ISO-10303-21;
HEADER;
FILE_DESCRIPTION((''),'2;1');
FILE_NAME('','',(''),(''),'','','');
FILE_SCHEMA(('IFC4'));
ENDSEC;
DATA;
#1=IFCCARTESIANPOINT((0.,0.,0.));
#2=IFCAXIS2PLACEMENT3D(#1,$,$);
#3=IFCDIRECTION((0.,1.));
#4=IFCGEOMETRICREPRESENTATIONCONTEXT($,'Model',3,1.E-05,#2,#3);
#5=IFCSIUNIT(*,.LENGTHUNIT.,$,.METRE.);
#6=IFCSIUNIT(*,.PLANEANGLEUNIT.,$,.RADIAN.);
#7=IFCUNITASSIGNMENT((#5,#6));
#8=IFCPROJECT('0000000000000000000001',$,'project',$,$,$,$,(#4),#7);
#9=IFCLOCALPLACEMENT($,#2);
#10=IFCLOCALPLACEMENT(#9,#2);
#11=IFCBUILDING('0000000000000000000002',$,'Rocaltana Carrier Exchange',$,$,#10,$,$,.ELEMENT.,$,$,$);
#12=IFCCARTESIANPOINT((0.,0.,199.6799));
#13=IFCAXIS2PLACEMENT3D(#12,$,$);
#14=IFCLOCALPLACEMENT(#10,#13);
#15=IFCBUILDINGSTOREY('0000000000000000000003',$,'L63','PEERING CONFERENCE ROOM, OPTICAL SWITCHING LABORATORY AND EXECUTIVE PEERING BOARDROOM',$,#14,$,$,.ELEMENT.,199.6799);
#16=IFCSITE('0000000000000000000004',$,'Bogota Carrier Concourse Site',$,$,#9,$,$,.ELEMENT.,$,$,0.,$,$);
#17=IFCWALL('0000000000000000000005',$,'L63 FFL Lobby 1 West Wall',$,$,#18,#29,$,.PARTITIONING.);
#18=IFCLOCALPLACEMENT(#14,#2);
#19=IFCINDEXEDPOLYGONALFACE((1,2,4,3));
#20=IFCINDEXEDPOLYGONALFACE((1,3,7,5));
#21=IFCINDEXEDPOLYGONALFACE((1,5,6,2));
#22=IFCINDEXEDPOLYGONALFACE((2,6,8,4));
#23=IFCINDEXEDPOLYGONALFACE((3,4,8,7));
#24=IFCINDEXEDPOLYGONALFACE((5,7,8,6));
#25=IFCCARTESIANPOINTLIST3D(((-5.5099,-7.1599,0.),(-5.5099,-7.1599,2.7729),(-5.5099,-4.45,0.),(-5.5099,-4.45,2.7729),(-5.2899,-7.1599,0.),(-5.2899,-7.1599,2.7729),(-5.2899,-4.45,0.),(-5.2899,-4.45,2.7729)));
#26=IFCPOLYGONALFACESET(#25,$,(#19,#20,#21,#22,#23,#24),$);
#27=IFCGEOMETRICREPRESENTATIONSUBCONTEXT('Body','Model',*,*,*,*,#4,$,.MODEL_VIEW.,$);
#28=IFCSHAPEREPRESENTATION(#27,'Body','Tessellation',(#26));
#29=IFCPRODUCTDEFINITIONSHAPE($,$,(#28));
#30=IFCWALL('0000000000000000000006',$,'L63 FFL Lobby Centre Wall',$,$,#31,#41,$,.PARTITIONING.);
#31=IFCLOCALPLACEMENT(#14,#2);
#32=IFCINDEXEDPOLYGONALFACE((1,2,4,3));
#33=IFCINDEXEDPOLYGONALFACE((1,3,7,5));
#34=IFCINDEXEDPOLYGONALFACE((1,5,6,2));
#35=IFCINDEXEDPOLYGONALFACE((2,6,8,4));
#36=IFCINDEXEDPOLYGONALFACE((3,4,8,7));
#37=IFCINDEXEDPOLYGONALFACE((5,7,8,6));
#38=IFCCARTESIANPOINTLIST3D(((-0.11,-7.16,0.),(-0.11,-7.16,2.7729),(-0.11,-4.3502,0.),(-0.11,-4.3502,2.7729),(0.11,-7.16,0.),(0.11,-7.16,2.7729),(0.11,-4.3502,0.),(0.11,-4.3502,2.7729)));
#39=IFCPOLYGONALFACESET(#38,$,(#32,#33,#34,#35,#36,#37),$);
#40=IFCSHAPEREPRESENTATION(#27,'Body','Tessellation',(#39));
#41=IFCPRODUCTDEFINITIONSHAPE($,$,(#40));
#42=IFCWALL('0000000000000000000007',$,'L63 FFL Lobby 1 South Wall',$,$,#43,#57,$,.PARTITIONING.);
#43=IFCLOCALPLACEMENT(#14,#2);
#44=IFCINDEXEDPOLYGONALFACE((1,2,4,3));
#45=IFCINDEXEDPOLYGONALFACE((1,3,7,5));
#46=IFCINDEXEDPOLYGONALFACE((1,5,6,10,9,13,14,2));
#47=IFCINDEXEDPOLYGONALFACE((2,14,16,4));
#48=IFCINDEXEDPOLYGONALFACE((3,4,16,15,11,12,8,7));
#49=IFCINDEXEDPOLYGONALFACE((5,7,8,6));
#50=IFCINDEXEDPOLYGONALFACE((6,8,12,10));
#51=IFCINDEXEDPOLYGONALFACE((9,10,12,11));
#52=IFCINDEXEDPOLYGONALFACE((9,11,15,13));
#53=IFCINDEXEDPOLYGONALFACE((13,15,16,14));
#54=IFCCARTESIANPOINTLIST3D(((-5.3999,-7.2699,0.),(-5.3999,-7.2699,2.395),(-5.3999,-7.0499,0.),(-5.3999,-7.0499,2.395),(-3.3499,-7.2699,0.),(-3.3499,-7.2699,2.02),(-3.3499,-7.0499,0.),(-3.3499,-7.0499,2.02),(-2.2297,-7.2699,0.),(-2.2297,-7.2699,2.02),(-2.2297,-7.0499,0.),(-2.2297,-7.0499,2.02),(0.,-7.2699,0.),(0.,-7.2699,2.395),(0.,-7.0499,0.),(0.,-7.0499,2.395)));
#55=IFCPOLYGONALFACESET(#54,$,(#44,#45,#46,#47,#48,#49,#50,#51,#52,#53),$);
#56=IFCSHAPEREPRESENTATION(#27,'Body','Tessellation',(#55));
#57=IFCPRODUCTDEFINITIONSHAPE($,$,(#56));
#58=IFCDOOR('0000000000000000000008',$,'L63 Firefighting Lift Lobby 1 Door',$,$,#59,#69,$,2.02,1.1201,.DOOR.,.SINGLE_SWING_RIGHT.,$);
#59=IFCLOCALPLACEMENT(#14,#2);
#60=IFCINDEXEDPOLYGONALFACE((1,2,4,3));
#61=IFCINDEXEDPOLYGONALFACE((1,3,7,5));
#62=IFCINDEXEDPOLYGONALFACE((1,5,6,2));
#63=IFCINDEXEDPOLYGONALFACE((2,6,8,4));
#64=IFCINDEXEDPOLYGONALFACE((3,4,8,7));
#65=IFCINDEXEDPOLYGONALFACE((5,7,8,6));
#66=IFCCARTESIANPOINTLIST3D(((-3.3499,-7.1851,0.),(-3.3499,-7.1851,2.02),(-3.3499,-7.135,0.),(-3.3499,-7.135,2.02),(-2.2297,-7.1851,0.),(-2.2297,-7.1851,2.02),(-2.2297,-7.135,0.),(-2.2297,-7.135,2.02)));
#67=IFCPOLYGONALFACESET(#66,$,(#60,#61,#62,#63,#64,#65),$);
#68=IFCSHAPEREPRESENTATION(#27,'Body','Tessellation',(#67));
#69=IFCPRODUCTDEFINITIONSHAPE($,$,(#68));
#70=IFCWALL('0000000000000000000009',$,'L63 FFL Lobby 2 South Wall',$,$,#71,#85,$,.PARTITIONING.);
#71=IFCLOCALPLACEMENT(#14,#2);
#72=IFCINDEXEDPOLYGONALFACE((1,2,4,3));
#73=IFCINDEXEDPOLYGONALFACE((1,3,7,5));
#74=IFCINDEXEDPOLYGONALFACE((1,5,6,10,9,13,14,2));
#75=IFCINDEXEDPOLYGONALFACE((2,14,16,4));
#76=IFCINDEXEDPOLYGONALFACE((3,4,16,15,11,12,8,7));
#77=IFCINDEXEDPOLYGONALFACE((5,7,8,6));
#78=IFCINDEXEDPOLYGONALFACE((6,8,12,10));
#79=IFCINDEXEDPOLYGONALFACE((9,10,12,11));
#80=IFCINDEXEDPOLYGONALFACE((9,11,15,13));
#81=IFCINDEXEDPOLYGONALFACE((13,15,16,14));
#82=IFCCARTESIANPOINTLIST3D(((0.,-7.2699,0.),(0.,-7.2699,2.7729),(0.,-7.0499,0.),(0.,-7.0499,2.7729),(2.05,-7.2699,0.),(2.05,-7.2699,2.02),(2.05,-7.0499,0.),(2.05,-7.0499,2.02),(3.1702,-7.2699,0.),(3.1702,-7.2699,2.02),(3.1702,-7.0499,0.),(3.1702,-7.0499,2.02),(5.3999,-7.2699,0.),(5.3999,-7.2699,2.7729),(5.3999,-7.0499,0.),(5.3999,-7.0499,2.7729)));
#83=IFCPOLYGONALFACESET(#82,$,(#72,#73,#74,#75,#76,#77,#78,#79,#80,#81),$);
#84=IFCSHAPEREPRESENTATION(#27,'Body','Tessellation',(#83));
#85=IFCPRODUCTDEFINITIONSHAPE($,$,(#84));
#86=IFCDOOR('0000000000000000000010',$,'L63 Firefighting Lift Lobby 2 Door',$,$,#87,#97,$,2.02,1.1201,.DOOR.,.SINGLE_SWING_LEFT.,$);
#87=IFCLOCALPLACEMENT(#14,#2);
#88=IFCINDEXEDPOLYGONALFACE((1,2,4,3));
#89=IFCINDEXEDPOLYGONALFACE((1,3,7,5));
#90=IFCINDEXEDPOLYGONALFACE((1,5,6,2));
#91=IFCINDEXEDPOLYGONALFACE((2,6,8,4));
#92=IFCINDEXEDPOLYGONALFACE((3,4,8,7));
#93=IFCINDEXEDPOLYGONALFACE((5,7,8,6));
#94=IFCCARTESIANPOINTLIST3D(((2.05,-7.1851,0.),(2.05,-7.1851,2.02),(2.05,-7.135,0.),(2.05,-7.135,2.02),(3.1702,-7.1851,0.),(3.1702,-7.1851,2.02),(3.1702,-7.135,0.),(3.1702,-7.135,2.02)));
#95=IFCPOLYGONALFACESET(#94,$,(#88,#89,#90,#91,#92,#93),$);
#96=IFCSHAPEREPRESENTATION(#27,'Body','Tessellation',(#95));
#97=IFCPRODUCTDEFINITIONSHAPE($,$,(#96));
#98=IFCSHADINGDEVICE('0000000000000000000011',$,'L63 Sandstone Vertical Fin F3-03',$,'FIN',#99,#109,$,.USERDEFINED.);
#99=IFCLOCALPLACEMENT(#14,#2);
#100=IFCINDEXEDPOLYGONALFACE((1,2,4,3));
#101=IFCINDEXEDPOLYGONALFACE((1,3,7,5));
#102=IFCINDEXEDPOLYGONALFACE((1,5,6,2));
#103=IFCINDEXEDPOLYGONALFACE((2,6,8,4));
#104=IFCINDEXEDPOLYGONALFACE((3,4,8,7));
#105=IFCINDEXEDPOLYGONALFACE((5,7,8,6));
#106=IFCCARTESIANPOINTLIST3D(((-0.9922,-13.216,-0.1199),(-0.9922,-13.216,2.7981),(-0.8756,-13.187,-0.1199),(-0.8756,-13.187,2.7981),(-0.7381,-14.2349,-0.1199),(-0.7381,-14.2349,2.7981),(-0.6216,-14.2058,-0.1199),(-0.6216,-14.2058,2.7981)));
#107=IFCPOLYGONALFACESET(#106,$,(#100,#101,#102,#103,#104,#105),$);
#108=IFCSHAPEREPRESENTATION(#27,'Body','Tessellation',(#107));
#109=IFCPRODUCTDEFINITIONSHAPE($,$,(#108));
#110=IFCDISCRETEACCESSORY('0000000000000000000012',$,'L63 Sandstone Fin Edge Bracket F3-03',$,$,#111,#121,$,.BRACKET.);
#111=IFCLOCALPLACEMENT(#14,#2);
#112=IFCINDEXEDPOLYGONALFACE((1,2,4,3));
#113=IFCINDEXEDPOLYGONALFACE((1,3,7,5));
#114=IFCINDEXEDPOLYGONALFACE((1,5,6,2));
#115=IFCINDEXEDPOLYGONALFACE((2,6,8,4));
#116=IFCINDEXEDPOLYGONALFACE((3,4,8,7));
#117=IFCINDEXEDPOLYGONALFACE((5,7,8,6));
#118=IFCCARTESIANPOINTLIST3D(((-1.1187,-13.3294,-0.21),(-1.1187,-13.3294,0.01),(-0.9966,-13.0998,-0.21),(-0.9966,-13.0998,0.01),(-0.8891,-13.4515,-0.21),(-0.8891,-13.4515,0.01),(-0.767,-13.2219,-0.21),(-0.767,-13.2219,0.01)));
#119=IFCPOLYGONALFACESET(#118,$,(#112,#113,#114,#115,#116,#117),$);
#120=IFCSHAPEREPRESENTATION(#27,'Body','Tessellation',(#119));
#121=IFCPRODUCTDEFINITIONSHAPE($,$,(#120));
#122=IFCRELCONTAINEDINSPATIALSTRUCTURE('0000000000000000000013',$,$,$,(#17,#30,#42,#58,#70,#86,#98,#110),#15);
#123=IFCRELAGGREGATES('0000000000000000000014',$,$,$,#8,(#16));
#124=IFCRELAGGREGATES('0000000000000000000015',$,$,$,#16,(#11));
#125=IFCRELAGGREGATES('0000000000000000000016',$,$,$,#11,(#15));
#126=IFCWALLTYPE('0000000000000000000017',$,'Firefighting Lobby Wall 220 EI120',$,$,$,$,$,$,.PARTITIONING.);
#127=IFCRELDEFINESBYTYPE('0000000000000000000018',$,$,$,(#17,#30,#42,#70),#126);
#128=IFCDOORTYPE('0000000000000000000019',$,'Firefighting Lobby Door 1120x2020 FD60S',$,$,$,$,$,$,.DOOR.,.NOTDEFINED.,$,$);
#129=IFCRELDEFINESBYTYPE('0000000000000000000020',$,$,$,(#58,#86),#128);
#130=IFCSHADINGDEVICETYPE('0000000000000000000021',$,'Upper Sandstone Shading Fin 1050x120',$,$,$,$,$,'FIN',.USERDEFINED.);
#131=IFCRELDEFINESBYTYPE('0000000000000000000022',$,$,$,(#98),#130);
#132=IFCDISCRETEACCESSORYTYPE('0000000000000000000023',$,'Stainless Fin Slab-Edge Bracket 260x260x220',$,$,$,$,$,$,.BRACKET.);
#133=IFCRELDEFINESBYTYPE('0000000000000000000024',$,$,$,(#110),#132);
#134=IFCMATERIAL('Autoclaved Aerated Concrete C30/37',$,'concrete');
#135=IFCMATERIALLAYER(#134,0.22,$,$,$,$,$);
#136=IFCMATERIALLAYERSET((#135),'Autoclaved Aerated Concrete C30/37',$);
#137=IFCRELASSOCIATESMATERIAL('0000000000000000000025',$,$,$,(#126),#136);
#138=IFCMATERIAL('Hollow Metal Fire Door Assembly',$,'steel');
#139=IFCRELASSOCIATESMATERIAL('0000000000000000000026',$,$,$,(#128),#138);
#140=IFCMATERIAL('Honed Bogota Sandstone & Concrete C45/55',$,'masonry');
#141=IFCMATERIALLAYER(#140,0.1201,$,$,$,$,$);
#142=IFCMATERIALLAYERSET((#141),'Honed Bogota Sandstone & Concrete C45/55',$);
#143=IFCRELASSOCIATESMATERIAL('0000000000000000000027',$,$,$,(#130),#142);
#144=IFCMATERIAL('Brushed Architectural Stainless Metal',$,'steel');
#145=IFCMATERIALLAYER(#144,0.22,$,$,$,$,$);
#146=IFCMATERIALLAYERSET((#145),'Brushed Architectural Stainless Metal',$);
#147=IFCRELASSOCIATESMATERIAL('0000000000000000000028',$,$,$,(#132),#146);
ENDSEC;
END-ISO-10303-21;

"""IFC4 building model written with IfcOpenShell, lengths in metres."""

from ifc_helpers import new_model, si_unit, direction, frame, frame_2d, origin, origin_2d, place, context, subcontext, project, spatial, rectangle, extrude, material, layer, layer_set, type_object, element, fill, save


model = new_model("IFC4")

# Units and contexts
model_context = context("Model", 3, precision=1e-05, world=origin(), true_north=direction((0.0, 1.0)))
body_context = subcontext(model_context, "Body", "Model", "MODEL_VIEW")
ifc_project = project(units=[si_unit("LENGTHUNIT", "METRE"), si_unit("PLANEANGLEUNIT", "RADIAN")], contexts=[model_context])

# Site, building, storey
site_placement = place(None, origin())
site = spatial("IfcSite", under=ifc_project, at=site_placement, Name="Bogota Carrier Concourse Site", CompositionType="ELEMENT", RefElevation=0.0)
building_placement = place(site_placement, origin())
building = spatial("IfcBuilding", under=site, at=building_placement, Name="Rocaltana Carrier Exchange", CompositionType="ELEMENT")
storey_placement = place(building_placement, frame((0.0, 0.0, 199.6799)))
storey = spatial("IfcBuildingStorey", under=building, at=storey_placement, Name="L63", Description="PEERING CONFERENCE ROOM, OPTICAL SWITCHING LABORATORY AND EXECUTIVE PEERING BOARDROOM", CompositionType="ELEMENT", Elevation=199.6799)

# Walls
ifc_material_1 = material(Name="Autoclaved Aerated Concrete C30/37", Category="concrete")
ifc_layer_1 = layer(ifc_material_1, 0.22)
ifc_layer_set_1 = layer_set([ifc_layer_1], Name="Autoclaved Aerated Concrete C30/37")
wall_type_1 = type_object("IfcWallType", Name="Firefighting Lobby Wall 220 EI120", PredefinedType="PARTITIONING", material=ifc_layer_set_1)
wall_1_placement = place(storey_placement, frame((-5.3999, -7.1599, 0.0), z_axis=(0.0, 0.0, 1.0), x_axis=(0.0, 1.0, 0.0)))
element("IfcWall", 1, at=wall_1_placement, inside=storey, type_object=wall_type_1, Name="L63 FFL Lobby 1 West Wall", PredefinedType="PARTITIONING", context=body_context, shape_type="SweptSolid", body=[
    extrude(rectangle(XDim=2.71, YDim=0.22, at=frame_2d((1.355, 0.0))), origin(), (0.0, 0.0, 1.0), 2.7729),
])
wall_2_placement = place(storey_placement, frame((0.0, -7.1599, 0.0), z_axis=(0.0, 0.0, 1.0), x_axis=(0.0, 1.0, 0.0)))
element("IfcWall", 2, at=wall_2_placement, inside=storey, type_object=wall_type_1, Name="L63 FFL Lobby Centre Wall", PredefinedType="PARTITIONING", context=body_context, shape_type="SweptSolid", body=[
    extrude(rectangle(XDim=2.8098, YDim=0.22, at=frame_2d((1.4048, 0.0))), origin(), (0.0, 0.0, 1.0), 2.7729),
])

# Walls, openings, doors
wall_3_placement = place(storey_placement, frame((-5.3999, -7.1599, 0.0), z_axis=(0.0, 0.0, 1.0), x_axis=(1.0, 0.0, 0.0)))
wall_3 = element("IfcWall", 3, at=wall_3_placement, inside=storey, type_object=wall_type_1, Name="L63 FFL Lobby 1 South Wall", PredefinedType="PARTITIONING", context=body_context, shape_type="SweptSolid", body=[
    extrude(rectangle(XDim=5.3999, YDim=0.22, at=frame_2d((2.7, 0.0))), origin(), (0.0, 0.0, 1.0), 2.395),
])
opening_1_placement = place(wall_3_placement, frame((2.05, 0.0, 0.0)))
opening_1 = element("IfcOpeningElement", 4, at=opening_1_placement, cuts=wall_3, PredefinedType="OPENING", context=body_context, shape_type="SweptSolid", body=[
    extrude(rectangle(XDim=1.1201, YDim=2.02, at=frame_2d((0.5601, 1.01))), frame((0.0, 0.1199, 0.0), z_axis=(0.0, -1.0, 0.0), x_axis=(1.0, 0.0, 0.0)), (0.0, 0.0, 1.0), 0.24),
])
ifc_material_2 = material(Name="Hollow Metal Fire Door Assembly", Category="steel")
door_type = type_object("IfcDoorType", Name="Firefighting Lobby Door 1120x2020 FD60S", OperationType="NOTDEFINED", PredefinedType="DOOR", material=ifc_material_2)
door_1_placement = place(opening_1_placement, origin())
door_1 = element("IfcDoor", 5, at=door_1_placement, inside=storey, type_object=door_type, Name="L63 Firefighting Lift Lobby 1 Door", OperationType="SINGLE_SWING_RIGHT", OverallHeight=2.02, OverallWidth=1.1201, PredefinedType="DOOR", context=body_context, shape_type="SweptSolid", body=[
    extrude(rectangle(XDim=1.1201, YDim=2.02, at=frame_2d((0.5601, 1.01))), frame((0.0, 0.0249, 0.0), z_axis=(0.0, -1.0, 0.0), x_axis=(1.0, 0.0, 0.0)), (0.0, 0.0, 1.0), 0.05),
])
fill(opening_1, door_1)
wall_4_placement = place(storey_placement, frame((0.0, -7.1599, 0.0), z_axis=(0.0, 0.0, 1.0), x_axis=(1.0, 0.0, 0.0)))
wall_4 = element("IfcWall", 6, at=wall_4_placement, inside=storey, type_object=wall_type_1, Name="L63 FFL Lobby 2 South Wall", PredefinedType="PARTITIONING", context=body_context, shape_type="SweptSolid", body=[
    extrude(rectangle(XDim=5.3999, YDim=0.22, at=frame_2d((2.7, 0.0))), origin(), (0.0, 0.0, 1.0), 2.7729),
])
opening_2_placement = place(wall_4_placement, frame((2.05, 0.0, 0.0)))
opening_2 = element("IfcOpeningElement", 7, at=opening_2_placement, cuts=wall_4, PredefinedType="OPENING", context=body_context, shape_type="SweptSolid", body=[
    extrude(rectangle(XDim=1.1201, YDim=2.02, at=frame_2d((0.5601, 1.01))), frame((0.0, 0.1199, 0.0), z_axis=(0.0, -1.0, 0.0), x_axis=(1.0, 0.0, 0.0)), (0.0, 0.0, 1.0), 0.24),
])
door_2_placement = place(opening_2_placement, origin())
door_2 = element("IfcDoor", 8, at=door_2_placement, inside=storey, type_object=door_type, Name="L63 Firefighting Lift Lobby 2 Door", OperationType="SINGLE_SWING_LEFT", OverallHeight=2.02, OverallWidth=1.1201, PredefinedType="DOOR", context=body_context, shape_type="SweptSolid", body=[
    extrude(rectangle(XDim=1.1201, YDim=2.02, at=frame_2d((0.5601, 1.01))), frame((0.0, 0.0249, 0.0), z_axis=(0.0, -1.0, 0.0), x_axis=(1.0, 0.0, 0.0)), (0.0, 0.0, 1.0), 0.05),
])
fill(opening_2, door_2)

# Shading device
ifc_material_3 = material(Name="Honed Bogota Sandstone & Concrete C45/55", Category="masonry")
ifc_layer_2 = layer(ifc_material_3, 0.1201)
ifc_layer_set_2 = layer_set([ifc_layer_2], Name="Honed Bogota Sandstone & Concrete C45/55")
shading_device_type = type_object("IfcShadingDeviceType", Name="Upper Sandstone Shading Fin 1050x120", ElementType="FIN", PredefinedType="USERDEFINED", material=ifc_layer_set_2)
shading_device_placement = place(storey_placement, frame((-0.8069, -13.7109, -0.1199), z_axis=(0.0, 0.0, 1.0), x_axis=(0.241922, -0.970296, 0.0)))
element("IfcShadingDevice", 9, at=shading_device_placement, inside=storey, type_object=shading_device_type, Name="L63 Sandstone Vertical Fin F3-03", ObjectType="FIN", PredefinedType="USERDEFINED", context=body_context, shape_type="SweptSolid", body=[
    extrude(rectangle(XDim=1.05, YDim=0.1201, at=origin_2d()), origin(), (0.0, 0.0, 1.0), 2.918),
])

# Discrete accessory
ifc_material_4 = material(Name="Brushed Architectural Stainless Metal", Category="steel")
ifc_layer_3 = layer(ifc_material_4, 0.22)
ifc_layer_set_3 = layer_set([ifc_layer_3], Name="Brushed Architectural Stainless Metal")
discrete_accessory_type = type_object("IfcDiscreteAccessoryType", Name="Stainless Fin Slab-Edge Bracket 260x260x220", PredefinedType="BRACKET", material=ifc_layer_set_3)
discrete_accessory_placement = place(storey_placement, frame((-0.9429, -13.2756, -0.21), z_axis=(0.0, 0.0, 1.0), x_axis=(0.882948, -0.469472, 0.0)))
element("IfcDiscreteAccessory", 10, at=discrete_accessory_placement, inside=storey, type_object=discrete_accessory_type, Name="L63 Sandstone Fin Edge Bracket F3-03", PredefinedType="BRACKET", context=body_context, shape_type="SweptSolid", body=[
    extrude(rectangle(XDim=0.26, YDim=0.26, at=origin_2d()), origin(), (0.0, 0.0, 1.0), 0.22),
])

save(model, "model.ifc")
